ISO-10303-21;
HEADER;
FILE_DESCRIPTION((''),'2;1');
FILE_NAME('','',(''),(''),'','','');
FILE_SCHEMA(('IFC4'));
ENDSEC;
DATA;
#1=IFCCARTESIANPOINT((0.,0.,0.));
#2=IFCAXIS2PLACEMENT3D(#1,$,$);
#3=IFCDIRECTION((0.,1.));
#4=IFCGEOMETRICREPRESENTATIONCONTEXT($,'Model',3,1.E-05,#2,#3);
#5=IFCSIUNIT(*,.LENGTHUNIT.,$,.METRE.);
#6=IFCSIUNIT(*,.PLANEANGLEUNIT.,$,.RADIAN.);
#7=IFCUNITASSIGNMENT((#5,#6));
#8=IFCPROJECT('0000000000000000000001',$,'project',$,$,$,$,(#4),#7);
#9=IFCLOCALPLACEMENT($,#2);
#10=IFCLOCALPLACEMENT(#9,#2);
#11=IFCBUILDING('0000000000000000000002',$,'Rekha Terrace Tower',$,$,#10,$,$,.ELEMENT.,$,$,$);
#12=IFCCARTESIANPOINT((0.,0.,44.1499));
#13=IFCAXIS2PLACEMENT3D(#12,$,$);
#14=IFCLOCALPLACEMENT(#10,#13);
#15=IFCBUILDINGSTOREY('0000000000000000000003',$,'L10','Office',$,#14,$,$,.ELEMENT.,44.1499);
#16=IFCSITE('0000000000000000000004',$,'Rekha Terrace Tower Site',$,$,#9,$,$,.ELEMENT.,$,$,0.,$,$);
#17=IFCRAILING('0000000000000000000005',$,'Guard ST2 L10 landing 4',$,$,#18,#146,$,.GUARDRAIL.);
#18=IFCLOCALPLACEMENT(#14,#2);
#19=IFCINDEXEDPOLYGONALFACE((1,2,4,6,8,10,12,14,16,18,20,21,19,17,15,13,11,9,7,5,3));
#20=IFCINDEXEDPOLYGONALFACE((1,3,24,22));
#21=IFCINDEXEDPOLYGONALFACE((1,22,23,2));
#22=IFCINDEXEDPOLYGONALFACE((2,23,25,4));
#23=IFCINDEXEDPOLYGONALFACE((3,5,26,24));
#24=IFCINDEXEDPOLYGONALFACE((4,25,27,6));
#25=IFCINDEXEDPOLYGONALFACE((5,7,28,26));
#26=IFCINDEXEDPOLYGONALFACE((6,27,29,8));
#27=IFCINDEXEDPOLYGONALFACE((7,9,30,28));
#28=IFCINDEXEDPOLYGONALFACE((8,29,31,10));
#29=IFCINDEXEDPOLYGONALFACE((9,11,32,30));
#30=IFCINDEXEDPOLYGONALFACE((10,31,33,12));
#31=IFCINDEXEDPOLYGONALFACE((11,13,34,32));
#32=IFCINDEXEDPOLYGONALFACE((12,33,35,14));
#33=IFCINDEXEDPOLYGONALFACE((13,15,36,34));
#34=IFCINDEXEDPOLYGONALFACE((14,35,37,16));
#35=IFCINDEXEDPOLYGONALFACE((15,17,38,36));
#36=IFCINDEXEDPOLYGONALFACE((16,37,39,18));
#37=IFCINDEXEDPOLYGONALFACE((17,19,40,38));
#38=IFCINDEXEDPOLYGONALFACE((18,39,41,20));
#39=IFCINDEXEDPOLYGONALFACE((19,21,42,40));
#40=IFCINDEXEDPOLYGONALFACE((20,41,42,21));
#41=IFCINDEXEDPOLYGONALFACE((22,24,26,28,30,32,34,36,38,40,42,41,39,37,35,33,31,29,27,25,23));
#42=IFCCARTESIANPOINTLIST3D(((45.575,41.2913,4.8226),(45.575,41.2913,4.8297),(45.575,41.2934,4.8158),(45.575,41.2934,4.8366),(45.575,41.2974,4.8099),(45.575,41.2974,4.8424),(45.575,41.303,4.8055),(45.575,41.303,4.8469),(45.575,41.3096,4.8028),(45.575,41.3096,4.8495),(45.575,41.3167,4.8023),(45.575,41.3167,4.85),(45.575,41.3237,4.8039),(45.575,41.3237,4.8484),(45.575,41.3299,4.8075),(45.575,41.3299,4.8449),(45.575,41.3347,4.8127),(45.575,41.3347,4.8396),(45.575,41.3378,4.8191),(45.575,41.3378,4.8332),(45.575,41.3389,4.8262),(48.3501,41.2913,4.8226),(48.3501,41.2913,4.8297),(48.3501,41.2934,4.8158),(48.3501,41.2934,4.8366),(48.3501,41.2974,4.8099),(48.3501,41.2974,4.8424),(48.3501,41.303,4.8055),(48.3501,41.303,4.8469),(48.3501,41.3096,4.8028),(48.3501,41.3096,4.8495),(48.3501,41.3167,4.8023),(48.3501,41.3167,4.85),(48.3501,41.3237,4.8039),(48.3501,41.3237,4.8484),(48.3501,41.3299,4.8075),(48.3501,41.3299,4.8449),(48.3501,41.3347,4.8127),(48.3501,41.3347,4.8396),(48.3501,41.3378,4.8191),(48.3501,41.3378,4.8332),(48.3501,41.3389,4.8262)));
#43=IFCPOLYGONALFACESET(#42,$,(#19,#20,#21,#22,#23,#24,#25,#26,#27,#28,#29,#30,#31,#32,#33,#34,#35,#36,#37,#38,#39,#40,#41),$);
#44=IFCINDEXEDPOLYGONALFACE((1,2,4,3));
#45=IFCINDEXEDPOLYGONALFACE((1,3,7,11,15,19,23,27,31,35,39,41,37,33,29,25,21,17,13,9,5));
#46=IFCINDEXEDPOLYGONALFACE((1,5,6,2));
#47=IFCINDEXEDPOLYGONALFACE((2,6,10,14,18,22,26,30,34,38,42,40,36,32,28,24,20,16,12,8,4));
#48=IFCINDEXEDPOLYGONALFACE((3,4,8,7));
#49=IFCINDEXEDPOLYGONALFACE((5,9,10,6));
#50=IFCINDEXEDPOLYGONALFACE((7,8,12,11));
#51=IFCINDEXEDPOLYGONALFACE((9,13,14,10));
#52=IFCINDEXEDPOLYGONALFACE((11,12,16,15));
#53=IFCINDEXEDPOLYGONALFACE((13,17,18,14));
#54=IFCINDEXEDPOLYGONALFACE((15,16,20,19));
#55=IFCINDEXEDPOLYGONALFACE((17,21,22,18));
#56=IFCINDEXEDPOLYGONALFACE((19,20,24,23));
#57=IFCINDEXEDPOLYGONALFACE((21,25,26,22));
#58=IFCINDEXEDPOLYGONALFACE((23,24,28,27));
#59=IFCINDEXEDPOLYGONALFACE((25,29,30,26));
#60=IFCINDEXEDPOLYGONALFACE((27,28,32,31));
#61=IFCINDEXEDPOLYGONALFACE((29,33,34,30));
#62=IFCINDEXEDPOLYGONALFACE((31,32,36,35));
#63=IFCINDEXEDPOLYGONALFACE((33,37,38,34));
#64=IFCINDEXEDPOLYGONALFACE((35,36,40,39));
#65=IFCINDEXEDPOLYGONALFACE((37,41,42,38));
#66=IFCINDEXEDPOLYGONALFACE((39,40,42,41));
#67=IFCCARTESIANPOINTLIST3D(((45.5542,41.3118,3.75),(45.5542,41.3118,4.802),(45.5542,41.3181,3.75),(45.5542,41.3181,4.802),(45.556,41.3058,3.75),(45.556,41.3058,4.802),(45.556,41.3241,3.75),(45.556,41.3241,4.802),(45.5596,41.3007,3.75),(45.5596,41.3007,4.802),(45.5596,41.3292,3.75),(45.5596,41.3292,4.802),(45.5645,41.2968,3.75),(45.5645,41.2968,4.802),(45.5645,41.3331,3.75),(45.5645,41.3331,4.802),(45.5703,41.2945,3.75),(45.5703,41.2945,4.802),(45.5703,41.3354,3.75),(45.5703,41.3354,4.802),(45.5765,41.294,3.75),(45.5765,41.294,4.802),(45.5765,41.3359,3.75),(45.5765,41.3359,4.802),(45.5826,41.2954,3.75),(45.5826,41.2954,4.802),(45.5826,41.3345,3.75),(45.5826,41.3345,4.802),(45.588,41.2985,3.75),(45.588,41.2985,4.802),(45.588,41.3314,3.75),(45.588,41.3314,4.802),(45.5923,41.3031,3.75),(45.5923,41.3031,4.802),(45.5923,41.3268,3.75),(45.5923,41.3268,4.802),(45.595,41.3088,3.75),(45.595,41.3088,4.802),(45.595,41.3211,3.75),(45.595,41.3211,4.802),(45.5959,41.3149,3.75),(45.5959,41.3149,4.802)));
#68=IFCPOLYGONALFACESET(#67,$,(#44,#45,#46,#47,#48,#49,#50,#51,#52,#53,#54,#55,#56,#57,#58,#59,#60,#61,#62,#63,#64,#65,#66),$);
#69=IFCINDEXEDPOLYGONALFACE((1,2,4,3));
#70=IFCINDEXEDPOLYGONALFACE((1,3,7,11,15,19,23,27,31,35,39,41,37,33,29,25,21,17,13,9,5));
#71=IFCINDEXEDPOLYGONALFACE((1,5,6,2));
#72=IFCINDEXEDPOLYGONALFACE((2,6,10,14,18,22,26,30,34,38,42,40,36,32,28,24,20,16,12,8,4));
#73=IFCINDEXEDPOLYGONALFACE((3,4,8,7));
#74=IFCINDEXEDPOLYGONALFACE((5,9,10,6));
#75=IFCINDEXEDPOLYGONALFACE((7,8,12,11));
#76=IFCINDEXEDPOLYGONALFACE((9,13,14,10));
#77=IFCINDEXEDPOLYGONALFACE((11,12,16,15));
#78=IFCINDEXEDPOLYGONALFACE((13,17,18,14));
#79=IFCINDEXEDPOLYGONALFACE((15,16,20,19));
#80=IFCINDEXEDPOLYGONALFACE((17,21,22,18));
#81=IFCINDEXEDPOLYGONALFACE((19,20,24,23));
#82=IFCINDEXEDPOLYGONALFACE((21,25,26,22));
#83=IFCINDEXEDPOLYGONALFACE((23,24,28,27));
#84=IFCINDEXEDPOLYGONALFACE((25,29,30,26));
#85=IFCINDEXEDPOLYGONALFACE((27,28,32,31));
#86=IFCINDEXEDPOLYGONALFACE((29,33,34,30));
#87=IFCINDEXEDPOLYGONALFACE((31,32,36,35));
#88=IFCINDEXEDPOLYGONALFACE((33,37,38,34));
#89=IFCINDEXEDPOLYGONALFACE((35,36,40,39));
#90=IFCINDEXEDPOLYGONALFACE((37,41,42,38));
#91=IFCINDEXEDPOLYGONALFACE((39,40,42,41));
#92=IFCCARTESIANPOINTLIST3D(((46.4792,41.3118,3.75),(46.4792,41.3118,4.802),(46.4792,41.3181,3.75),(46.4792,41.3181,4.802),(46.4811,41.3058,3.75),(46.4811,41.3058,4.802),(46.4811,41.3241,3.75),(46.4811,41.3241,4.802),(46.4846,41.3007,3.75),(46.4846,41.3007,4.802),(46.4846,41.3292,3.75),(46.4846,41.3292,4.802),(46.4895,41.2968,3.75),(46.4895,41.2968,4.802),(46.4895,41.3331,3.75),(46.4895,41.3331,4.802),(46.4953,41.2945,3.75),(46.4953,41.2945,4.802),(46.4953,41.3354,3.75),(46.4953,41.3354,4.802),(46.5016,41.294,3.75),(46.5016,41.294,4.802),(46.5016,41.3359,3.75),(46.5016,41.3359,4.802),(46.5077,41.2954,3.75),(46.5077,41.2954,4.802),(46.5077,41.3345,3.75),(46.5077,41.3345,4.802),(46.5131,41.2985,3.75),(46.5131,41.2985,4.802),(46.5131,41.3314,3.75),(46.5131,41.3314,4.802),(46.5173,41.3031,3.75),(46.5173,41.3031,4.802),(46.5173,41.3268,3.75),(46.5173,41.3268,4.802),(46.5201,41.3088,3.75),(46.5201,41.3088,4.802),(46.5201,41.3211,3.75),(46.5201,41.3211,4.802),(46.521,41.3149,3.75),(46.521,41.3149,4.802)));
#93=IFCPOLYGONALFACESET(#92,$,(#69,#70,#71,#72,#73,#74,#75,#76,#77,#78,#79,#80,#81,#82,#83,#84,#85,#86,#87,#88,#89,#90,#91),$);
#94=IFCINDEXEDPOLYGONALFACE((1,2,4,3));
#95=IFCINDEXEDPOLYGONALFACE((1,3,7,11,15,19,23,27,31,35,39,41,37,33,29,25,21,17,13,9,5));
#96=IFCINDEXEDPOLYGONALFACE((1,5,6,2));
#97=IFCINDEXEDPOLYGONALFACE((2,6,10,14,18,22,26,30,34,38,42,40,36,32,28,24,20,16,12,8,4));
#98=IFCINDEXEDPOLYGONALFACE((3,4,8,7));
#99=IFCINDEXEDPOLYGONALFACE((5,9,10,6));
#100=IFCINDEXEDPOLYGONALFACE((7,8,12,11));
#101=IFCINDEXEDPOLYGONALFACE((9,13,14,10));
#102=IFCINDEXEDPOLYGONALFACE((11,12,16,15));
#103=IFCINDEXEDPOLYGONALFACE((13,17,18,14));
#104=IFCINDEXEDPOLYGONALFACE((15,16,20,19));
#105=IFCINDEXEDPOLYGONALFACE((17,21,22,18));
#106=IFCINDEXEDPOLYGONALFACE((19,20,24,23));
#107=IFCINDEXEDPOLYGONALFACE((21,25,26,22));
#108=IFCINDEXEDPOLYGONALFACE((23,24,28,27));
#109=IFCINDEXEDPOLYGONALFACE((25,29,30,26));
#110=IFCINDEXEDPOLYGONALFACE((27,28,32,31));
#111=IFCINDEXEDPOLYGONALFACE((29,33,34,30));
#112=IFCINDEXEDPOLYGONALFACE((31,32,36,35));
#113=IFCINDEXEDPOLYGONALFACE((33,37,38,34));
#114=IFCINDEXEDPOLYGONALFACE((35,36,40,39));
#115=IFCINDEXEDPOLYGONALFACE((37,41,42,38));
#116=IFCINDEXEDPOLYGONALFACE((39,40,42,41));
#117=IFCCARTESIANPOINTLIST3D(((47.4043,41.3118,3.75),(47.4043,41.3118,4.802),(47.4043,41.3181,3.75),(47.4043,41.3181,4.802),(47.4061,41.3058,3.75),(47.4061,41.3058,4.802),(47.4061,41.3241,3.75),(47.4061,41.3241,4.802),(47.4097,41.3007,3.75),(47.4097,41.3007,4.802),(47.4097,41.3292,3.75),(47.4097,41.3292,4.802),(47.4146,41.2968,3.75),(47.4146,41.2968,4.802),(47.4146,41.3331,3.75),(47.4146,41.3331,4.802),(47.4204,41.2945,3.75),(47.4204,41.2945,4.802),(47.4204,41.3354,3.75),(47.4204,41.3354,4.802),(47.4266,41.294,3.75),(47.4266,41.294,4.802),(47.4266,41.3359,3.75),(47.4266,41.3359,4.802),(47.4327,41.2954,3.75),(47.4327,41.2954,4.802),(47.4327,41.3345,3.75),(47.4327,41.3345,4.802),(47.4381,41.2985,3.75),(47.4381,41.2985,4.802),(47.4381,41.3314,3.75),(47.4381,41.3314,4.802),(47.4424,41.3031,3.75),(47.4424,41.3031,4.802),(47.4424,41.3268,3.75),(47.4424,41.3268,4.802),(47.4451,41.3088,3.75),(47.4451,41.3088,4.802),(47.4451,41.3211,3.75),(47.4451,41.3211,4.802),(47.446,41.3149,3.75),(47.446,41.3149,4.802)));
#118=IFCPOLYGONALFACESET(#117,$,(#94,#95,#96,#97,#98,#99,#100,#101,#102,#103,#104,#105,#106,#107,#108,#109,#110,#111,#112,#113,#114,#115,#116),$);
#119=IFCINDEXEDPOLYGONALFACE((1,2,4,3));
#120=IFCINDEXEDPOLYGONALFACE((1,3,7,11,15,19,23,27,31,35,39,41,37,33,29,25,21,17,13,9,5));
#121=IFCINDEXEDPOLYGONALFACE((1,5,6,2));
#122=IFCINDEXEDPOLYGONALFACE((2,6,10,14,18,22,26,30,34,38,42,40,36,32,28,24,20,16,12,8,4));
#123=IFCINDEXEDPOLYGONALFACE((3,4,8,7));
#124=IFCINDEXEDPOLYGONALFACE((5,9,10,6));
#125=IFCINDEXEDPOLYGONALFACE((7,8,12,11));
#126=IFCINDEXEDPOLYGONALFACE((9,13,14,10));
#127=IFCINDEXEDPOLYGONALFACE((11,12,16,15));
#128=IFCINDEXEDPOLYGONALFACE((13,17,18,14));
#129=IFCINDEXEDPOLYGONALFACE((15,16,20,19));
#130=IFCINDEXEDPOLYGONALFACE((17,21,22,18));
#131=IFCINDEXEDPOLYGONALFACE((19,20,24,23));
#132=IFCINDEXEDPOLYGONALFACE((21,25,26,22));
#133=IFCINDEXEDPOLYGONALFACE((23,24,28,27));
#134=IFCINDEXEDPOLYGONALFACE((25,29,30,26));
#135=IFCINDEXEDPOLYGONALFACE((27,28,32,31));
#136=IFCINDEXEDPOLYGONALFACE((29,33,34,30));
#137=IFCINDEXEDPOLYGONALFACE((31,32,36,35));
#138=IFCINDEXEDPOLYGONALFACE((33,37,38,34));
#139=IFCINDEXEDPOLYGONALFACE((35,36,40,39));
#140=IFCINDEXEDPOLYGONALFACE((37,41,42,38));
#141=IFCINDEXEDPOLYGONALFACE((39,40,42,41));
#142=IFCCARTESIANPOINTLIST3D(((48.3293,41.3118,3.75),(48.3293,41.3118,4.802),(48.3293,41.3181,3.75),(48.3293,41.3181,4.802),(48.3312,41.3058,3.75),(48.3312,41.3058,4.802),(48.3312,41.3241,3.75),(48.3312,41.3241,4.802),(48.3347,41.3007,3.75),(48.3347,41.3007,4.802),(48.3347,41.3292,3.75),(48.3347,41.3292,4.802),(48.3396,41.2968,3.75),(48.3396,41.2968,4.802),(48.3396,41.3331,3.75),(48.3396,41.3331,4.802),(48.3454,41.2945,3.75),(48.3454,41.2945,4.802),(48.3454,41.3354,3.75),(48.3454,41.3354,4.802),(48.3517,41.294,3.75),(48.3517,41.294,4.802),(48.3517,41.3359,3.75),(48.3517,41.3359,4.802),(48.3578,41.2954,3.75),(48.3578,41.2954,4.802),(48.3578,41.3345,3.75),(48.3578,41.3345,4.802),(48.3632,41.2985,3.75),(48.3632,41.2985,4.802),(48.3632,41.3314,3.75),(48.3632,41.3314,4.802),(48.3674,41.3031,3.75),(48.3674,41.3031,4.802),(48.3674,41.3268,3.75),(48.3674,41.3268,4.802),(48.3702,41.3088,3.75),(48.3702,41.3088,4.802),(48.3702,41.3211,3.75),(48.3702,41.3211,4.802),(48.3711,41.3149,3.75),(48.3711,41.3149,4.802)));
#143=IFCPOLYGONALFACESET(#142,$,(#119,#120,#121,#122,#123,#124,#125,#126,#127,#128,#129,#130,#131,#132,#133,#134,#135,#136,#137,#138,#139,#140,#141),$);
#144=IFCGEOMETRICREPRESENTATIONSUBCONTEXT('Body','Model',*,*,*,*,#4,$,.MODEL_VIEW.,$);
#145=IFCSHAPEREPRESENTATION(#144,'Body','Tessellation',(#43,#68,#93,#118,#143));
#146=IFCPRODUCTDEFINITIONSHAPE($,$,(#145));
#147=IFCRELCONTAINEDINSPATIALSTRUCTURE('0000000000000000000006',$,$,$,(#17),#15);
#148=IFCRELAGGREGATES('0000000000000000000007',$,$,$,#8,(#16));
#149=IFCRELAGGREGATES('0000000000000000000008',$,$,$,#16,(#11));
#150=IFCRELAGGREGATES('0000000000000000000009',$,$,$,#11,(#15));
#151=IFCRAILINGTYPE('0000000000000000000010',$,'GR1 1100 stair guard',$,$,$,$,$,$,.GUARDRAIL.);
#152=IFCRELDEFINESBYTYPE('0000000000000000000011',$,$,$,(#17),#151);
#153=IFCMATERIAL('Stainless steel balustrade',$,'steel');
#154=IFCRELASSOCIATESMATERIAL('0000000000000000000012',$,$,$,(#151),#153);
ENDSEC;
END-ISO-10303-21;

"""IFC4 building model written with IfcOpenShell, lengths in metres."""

from ifc_helpers import new_model, si_unit, direction, frame, origin, origin_2d, place, context, subcontext, project, spatial, circle, extrude, material, type_object, element, save


model = new_model("IFC4")

# Units and contexts
model_context = context("Model", 3, precision=1e-05, world=origin(), true_north=direction((0.0, 1.0)))
body_context = subcontext(model_context, "Body", "Model", "MODEL_VIEW")
ifc_project = project(units=[si_unit("LENGTHUNIT", "METRE"), si_unit("PLANEANGLEUNIT", "RADIAN")], contexts=[model_context])

# Site, building, storey
site_placement = place(None, origin())
site = spatial("IfcSite", under=ifc_project, at=site_placement, Name="Rekha Terrace Tower Site", CompositionType="ELEMENT", RefElevation=0.0)
building_placement = place(site_placement, origin())
building = spatial("IfcBuilding", under=site, at=building_placement, Name="Rekha Terrace Tower", CompositionType="ELEMENT")
storey_placement = place(building_placement, frame((0.0, 0.0, 44.1499)))
storey = spatial("IfcBuildingStorey", under=building, at=storey_placement, Name="L10", Description="Office", CompositionType="ELEMENT", Elevation=44.1499)

# Railing
ifc_material_1 = material(Name="Stainless steel balustrade", Category="steel")
railing_type_1 = type_object("IfcRailingType", Name="GR1 1100 stair guard", PredefinedType="GUARDRAIL", material=ifc_material_1)
railing_1_placement = place(storey_placement, frame((45.575, 41.3149, 3.75)))
element("IfcRailing", 1, at=railing_1_placement, inside=storey, type_object=railing_type_1, Name="Guard ST2 L10 landing 4", PredefinedType="GUARDRAIL", context=body_context, shape_type="SweptSolid", body=[
    extrude(circle(Radius=0.0239, at=origin_2d()), frame((0.0, 0.0, 1.0762), z_axis=(1.0, 0.0, 0.0), x_axis=(0.0, 1.0, 0.0)), (0.0, 0.0, 1.0), 2.7751),
    extrude(circle(Radius=0.021, at=origin_2d()), origin(), (0.0, 0.0, 1.0), 1.052),
    extrude(circle(Radius=0.021, at=origin_2d()), frame((0.925, 0.0, 0.0)), (0.0, 0.0, 1.0), 1.052),
    extrude(circle(Radius=0.021, at=origin_2d()), frame((1.8501, 0.0, 0.0)), (0.0, 0.0, 1.0), 1.052),
    extrude(circle(Radius=0.021, at=origin_2d()), frame((2.7751, 0.0, 0.0)), (0.0, 0.0, 1.0), 1.052),
])

save(model, "model.ifc")
